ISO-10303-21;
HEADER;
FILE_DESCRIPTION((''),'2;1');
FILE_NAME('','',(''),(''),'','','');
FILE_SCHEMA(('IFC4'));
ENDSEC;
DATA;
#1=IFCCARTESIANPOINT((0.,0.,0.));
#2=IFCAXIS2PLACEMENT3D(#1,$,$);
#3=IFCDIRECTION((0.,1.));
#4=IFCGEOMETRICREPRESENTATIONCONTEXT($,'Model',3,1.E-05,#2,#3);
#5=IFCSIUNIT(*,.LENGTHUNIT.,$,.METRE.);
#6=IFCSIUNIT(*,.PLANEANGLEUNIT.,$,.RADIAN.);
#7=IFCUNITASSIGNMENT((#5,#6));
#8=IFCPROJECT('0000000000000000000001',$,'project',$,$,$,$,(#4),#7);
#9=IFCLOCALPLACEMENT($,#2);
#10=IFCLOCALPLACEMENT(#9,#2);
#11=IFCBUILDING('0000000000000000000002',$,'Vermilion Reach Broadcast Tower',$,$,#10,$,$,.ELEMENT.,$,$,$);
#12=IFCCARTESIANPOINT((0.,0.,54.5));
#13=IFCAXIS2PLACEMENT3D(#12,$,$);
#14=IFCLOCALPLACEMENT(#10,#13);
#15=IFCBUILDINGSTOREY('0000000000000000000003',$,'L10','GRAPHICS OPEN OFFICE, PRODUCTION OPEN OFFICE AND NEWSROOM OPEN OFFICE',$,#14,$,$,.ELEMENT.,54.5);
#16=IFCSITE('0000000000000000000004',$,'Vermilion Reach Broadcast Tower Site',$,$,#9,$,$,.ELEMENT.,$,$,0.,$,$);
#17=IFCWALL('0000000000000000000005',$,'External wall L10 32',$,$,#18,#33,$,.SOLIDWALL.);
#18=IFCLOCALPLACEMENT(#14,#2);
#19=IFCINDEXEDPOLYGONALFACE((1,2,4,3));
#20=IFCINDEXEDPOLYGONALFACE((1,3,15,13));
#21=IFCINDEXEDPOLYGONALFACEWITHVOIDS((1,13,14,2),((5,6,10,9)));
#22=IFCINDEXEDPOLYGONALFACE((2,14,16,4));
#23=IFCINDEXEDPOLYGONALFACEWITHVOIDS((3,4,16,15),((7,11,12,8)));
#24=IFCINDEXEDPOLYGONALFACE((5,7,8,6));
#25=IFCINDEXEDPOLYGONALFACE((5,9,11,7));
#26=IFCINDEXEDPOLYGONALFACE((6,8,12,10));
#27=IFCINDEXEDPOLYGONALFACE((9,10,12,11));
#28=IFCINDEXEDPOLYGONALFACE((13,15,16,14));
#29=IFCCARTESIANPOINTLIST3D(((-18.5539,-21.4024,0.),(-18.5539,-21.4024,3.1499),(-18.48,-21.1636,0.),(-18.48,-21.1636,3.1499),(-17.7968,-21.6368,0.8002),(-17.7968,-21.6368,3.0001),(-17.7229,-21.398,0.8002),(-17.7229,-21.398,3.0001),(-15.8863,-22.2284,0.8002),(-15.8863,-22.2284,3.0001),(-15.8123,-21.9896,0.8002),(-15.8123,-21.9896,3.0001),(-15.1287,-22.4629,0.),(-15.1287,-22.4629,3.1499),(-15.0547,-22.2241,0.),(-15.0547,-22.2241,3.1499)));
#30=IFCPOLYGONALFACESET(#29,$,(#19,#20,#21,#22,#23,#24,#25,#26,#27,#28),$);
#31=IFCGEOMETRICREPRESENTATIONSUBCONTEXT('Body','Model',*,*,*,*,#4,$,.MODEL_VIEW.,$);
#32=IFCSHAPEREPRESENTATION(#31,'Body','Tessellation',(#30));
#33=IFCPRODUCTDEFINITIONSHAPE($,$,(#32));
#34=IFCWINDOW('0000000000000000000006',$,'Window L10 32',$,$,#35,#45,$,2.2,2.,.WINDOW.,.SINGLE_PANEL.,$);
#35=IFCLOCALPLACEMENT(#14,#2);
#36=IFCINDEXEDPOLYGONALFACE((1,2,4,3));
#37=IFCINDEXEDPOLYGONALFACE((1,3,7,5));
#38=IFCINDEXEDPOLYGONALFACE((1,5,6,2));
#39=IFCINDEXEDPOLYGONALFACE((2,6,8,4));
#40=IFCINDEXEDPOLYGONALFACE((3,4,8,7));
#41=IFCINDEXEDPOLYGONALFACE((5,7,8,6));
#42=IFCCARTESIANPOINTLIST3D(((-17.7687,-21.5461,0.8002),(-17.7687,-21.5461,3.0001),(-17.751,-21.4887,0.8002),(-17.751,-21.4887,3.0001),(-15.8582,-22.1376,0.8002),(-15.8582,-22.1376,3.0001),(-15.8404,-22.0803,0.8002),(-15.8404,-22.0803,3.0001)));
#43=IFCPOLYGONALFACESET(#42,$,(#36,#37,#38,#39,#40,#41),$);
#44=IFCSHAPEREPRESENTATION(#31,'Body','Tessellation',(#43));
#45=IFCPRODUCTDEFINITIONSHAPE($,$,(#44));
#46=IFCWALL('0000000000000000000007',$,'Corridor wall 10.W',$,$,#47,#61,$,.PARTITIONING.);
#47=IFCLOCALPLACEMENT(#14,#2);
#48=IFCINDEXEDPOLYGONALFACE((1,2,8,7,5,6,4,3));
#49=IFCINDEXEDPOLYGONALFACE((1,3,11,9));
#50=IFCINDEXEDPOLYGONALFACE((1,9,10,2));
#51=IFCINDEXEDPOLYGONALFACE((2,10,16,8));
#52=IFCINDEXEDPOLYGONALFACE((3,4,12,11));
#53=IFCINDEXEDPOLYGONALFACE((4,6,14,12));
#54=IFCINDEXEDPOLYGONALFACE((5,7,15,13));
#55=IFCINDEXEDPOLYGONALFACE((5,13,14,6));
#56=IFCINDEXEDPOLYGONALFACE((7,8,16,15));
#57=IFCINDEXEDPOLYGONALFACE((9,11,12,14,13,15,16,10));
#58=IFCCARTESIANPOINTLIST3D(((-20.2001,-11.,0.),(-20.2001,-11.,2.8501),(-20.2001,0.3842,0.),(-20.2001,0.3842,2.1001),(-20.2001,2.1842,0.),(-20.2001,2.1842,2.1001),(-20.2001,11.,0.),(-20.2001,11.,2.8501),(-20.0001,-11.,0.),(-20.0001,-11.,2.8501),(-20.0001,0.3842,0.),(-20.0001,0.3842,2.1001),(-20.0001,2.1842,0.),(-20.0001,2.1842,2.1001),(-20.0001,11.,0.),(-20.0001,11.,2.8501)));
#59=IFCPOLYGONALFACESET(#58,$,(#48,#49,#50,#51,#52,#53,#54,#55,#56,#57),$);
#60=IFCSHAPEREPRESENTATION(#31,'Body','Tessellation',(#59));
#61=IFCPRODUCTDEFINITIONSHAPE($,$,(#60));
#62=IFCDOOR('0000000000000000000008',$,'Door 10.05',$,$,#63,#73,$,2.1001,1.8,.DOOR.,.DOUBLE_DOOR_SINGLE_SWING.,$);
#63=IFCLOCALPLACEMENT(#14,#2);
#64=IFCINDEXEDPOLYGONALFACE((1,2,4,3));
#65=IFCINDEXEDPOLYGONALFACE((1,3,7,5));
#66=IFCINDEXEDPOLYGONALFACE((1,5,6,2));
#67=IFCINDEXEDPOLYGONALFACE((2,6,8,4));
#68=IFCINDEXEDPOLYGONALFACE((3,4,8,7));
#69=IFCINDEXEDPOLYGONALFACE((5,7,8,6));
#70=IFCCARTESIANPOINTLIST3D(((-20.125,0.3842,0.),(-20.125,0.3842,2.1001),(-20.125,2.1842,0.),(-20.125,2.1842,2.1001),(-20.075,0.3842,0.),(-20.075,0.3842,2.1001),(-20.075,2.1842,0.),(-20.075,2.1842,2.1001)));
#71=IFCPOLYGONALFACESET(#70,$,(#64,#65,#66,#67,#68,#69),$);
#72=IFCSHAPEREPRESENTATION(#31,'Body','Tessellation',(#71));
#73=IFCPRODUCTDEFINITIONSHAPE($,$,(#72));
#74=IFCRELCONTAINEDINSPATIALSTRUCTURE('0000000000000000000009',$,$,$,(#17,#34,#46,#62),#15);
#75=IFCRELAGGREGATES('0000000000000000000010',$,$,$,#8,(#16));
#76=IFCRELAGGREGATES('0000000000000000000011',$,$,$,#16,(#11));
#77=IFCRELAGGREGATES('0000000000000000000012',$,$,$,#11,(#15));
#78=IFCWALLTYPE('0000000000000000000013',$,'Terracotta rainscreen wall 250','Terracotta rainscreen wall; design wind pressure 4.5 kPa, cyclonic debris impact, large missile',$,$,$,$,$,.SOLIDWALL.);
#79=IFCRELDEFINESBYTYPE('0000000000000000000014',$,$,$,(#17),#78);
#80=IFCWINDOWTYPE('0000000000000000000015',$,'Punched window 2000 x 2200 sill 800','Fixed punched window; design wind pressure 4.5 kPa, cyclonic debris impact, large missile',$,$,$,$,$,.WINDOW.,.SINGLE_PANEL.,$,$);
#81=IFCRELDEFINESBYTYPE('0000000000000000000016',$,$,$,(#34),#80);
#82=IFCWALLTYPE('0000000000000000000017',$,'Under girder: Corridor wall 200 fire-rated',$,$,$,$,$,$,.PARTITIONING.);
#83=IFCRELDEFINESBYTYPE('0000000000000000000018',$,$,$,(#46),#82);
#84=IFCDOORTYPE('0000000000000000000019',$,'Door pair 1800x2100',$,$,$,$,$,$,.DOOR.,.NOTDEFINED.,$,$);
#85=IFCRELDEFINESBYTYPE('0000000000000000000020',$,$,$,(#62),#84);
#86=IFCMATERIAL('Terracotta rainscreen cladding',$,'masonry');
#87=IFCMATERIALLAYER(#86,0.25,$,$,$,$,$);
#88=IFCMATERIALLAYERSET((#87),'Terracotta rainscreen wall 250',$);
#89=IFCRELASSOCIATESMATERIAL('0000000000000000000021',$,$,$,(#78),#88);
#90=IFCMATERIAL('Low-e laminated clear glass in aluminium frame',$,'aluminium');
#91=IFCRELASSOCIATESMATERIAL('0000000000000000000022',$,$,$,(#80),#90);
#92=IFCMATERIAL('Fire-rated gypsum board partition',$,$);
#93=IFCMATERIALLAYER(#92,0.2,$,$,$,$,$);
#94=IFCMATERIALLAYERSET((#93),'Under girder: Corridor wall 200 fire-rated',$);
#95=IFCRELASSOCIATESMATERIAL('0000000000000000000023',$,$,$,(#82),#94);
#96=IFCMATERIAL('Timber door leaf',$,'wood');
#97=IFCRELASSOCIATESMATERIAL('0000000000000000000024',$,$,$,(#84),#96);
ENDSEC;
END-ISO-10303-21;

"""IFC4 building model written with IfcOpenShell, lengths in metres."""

from ifc_helpers import new_model, si_unit, direction, frame, frame_2d, origin, place, context, subcontext, project, spatial, rectangle, extrude, material, layer, layer_set, type_object, element, fill, save


model = new_model("IFC4")

# Units and contexts
model_context = context("Model", 3, precision=1e-05, world=origin(), true_north=direction((0.0, 1.0)))
body_context = subcontext(model_context, "Body", "Model", "MODEL_VIEW")
ifc_project = project(units=[si_unit("LENGTHUNIT", "METRE"), si_unit("PLANEANGLEUNIT", "RADIAN")], contexts=[model_context])

# Site, building, storey
site_placement = place(None, origin())
site = spatial("IfcSite", under=ifc_project, at=site_placement, Name="Vermilion Reach Broadcast Tower Site", CompositionType="ELEMENT", RefElevation=0.0)
building_placement = place(site_placement, origin())
building = spatial("IfcBuilding", under=site, at=building_placement, Name="Vermilion Reach Broadcast Tower", CompositionType="ELEMENT")
storey_placement = place(building_placement, frame((0.0, 0.0, 54.5)))
storey = spatial("IfcBuildingStorey", under=building, at=storey_placement, Name="L10", Description="GRAPHICS OPEN OFFICE, PRODUCTION OPEN OFFICE AND NEWSROOM OPEN OFFICE", CompositionType="ELEMENT", Elevation=54.5)

# Shared definitions
ifc_material_1 = material(Name="Terracotta rainscreen cladding", Category="masonry")
ifc_layer_1 = layer(ifc_material_1, 0.25)
ifc_layer_set_1 = layer_set([ifc_layer_1], Name="Terracotta rainscreen wall 250")
wall_type_1 = type_object("IfcWallType", Name="Terracotta rainscreen wall 250", Description="Terracotta rainscreen wall; design wind pressure 4.5 kPa, cyclonic debris impact, large missile", PredefinedType="SOLIDWALL", material=ifc_layer_set_1)

# Shared definitions
ifc_material_2 = material(Name="Low-e laminated clear glass in aluminium frame", Category="aluminium")
window_type = type_object("IfcWindowType", Name="Punched window 2000 x 2200 sill 800", Description="Fixed punched window; design wind pressure 4.5 kPa, cyclonic debris impact, large missile", PartitioningType="SINGLE_PANEL", PredefinedType="WINDOW", material=ifc_material_2)

# Wall, opening, window
wall_1_placement = place(storey_placement, frame((-18.5171, -21.283, 0.0), z_axis=(0.0, 0.0, 1.0), x_axis=(0.955259, -0.29577, 0.0)))
wall_1 = element("IfcWall", 1, at=wall_1_placement, inside=storey, type_object=wall_type_1, Name="External wall L10 32", PredefinedType="SOLIDWALL", context=body_context, shape_type="SweptSolid", body=[
    extrude(rectangle(XDim=3.5857, YDim=0.25, at=frame_2d((1.793, 0.0))), origin(), (0.0, 0.0, 1.0), 3.1499),
])
opening_1_placement = place(wall_1_placement, frame((0.7927, 0.0, 0.8)))
opening_1 = element("IfcOpeningElement", 2, at=opening_1_placement, cuts=wall_1, PredefinedType="OPENING", context=body_context, shape_type="SweptSolid", body=[
    extrude(rectangle(XDim=2.0, YDim=2.2, at=frame_2d((1.0, 1.1001))), frame((0.0, 0.135, 0.0), z_axis=(0.0, -1.0, 0.0), x_axis=(1.0, 0.0, 0.0)), (0.0, 0.0, 1.0), 0.27),
])
window_1_placement = place(opening_1_placement, origin())
window_1 = element("IfcWindow", 3, at=window_1_placement, inside=storey, type_object=window_type, Name="Window L10 32", OverallHeight=2.2, OverallWidth=2.0, PartitioningType="SINGLE_PANEL", PredefinedType="WINDOW", context=body_context, shape_type="SweptSolid", body=[
    extrude(rectangle(XDim=2.0, YDim=2.2, at=frame_2d((1.0, 1.1001))), frame((0.0, 0.03, 0.0), z_axis=(0.0, -1.0, 0.0), x_axis=(1.0, 0.0, 0.0)), (0.0, 0.0, 1.0), 0.0601),
])
fill(opening_1, window_1)

# Wall, opening, door
ifc_material_3 = material(Name="Fire-rated gypsum board partition")
ifc_layer_2 = layer(ifc_material_3, 0.2)
ifc_layer_set_2 = layer_set([ifc_layer_2], Name="Under girder: Corridor wall 200 fire-rated")
wall_type_2 = type_object("IfcWallType", Name="Under girder: Corridor wall 200 fire-rated", PredefinedType="PARTITIONING", material=ifc_layer_set_2)
wall_2_placement = place(storey_placement, frame((-20.1001, -11.0, 0.0), z_axis=(0.0, 0.0, 1.0), x_axis=(0.0, 1.0, 0.0)))
wall_2 = element("IfcWall", 4, at=wall_2_placement, inside=storey, type_object=wall_type_2, Name="Corridor wall 10.W", PredefinedType="PARTITIONING", context=body_context, shape_type="SweptSolid", body=[
    extrude(rectangle(XDim=22.0, YDim=0.2, at=frame_2d((11.0, 0.0))), origin(), (0.0, 0.0, 1.0), 2.8501),
])
opening_2_placement = place(wall_2_placement, frame((11.3843, 0.0, 0.0)))
opening_2 = element("IfcOpeningElement", 5, at=opening_2_placement, cuts=wall_2, PredefinedType="OPENING", context=body_context, shape_type="SweptSolid", body=[
    extrude(rectangle(XDim=1.8, YDim=2.1001, at=frame_2d((0.8999, 1.05))), frame((0.0, 0.1099, 0.0), z_axis=(0.0, -1.0, 0.0), x_axis=(1.0, 0.0, 0.0)), (0.0, 0.0, 1.0), 0.22),
])
ifc_material_4 = material(Name="Timber door leaf", Category="wood")
door_type_1 = type_object("IfcDoorType", Name="Door pair 1800x2100", OperationType="NOTDEFINED", PredefinedType="DOOR", material=ifc_material_4)
door_1_placement = place(opening_2_placement, origin())
door_1 = element("IfcDoor", 6, at=door_1_placement, inside=storey, type_object=door_type_1, Name="Door 10.05", OperationType="DOUBLE_DOOR_SINGLE_SWING", OverallHeight=2.1001, OverallWidth=1.8, PredefinedType="DOOR", context=body_context, shape_type="SweptSolid", body=[
    extrude(rectangle(XDim=1.8, YDim=2.1001, at=frame_2d((0.8999, 1.05))), frame((0.0, 0.0249, 0.0), z_axis=(0.0, -1.0, 0.0), x_axis=(1.0, 0.0, 0.0)), (0.0, 0.0, 1.0), 0.05),
])
fill(opening_2, door_1)

save(model, "model.ifc")
